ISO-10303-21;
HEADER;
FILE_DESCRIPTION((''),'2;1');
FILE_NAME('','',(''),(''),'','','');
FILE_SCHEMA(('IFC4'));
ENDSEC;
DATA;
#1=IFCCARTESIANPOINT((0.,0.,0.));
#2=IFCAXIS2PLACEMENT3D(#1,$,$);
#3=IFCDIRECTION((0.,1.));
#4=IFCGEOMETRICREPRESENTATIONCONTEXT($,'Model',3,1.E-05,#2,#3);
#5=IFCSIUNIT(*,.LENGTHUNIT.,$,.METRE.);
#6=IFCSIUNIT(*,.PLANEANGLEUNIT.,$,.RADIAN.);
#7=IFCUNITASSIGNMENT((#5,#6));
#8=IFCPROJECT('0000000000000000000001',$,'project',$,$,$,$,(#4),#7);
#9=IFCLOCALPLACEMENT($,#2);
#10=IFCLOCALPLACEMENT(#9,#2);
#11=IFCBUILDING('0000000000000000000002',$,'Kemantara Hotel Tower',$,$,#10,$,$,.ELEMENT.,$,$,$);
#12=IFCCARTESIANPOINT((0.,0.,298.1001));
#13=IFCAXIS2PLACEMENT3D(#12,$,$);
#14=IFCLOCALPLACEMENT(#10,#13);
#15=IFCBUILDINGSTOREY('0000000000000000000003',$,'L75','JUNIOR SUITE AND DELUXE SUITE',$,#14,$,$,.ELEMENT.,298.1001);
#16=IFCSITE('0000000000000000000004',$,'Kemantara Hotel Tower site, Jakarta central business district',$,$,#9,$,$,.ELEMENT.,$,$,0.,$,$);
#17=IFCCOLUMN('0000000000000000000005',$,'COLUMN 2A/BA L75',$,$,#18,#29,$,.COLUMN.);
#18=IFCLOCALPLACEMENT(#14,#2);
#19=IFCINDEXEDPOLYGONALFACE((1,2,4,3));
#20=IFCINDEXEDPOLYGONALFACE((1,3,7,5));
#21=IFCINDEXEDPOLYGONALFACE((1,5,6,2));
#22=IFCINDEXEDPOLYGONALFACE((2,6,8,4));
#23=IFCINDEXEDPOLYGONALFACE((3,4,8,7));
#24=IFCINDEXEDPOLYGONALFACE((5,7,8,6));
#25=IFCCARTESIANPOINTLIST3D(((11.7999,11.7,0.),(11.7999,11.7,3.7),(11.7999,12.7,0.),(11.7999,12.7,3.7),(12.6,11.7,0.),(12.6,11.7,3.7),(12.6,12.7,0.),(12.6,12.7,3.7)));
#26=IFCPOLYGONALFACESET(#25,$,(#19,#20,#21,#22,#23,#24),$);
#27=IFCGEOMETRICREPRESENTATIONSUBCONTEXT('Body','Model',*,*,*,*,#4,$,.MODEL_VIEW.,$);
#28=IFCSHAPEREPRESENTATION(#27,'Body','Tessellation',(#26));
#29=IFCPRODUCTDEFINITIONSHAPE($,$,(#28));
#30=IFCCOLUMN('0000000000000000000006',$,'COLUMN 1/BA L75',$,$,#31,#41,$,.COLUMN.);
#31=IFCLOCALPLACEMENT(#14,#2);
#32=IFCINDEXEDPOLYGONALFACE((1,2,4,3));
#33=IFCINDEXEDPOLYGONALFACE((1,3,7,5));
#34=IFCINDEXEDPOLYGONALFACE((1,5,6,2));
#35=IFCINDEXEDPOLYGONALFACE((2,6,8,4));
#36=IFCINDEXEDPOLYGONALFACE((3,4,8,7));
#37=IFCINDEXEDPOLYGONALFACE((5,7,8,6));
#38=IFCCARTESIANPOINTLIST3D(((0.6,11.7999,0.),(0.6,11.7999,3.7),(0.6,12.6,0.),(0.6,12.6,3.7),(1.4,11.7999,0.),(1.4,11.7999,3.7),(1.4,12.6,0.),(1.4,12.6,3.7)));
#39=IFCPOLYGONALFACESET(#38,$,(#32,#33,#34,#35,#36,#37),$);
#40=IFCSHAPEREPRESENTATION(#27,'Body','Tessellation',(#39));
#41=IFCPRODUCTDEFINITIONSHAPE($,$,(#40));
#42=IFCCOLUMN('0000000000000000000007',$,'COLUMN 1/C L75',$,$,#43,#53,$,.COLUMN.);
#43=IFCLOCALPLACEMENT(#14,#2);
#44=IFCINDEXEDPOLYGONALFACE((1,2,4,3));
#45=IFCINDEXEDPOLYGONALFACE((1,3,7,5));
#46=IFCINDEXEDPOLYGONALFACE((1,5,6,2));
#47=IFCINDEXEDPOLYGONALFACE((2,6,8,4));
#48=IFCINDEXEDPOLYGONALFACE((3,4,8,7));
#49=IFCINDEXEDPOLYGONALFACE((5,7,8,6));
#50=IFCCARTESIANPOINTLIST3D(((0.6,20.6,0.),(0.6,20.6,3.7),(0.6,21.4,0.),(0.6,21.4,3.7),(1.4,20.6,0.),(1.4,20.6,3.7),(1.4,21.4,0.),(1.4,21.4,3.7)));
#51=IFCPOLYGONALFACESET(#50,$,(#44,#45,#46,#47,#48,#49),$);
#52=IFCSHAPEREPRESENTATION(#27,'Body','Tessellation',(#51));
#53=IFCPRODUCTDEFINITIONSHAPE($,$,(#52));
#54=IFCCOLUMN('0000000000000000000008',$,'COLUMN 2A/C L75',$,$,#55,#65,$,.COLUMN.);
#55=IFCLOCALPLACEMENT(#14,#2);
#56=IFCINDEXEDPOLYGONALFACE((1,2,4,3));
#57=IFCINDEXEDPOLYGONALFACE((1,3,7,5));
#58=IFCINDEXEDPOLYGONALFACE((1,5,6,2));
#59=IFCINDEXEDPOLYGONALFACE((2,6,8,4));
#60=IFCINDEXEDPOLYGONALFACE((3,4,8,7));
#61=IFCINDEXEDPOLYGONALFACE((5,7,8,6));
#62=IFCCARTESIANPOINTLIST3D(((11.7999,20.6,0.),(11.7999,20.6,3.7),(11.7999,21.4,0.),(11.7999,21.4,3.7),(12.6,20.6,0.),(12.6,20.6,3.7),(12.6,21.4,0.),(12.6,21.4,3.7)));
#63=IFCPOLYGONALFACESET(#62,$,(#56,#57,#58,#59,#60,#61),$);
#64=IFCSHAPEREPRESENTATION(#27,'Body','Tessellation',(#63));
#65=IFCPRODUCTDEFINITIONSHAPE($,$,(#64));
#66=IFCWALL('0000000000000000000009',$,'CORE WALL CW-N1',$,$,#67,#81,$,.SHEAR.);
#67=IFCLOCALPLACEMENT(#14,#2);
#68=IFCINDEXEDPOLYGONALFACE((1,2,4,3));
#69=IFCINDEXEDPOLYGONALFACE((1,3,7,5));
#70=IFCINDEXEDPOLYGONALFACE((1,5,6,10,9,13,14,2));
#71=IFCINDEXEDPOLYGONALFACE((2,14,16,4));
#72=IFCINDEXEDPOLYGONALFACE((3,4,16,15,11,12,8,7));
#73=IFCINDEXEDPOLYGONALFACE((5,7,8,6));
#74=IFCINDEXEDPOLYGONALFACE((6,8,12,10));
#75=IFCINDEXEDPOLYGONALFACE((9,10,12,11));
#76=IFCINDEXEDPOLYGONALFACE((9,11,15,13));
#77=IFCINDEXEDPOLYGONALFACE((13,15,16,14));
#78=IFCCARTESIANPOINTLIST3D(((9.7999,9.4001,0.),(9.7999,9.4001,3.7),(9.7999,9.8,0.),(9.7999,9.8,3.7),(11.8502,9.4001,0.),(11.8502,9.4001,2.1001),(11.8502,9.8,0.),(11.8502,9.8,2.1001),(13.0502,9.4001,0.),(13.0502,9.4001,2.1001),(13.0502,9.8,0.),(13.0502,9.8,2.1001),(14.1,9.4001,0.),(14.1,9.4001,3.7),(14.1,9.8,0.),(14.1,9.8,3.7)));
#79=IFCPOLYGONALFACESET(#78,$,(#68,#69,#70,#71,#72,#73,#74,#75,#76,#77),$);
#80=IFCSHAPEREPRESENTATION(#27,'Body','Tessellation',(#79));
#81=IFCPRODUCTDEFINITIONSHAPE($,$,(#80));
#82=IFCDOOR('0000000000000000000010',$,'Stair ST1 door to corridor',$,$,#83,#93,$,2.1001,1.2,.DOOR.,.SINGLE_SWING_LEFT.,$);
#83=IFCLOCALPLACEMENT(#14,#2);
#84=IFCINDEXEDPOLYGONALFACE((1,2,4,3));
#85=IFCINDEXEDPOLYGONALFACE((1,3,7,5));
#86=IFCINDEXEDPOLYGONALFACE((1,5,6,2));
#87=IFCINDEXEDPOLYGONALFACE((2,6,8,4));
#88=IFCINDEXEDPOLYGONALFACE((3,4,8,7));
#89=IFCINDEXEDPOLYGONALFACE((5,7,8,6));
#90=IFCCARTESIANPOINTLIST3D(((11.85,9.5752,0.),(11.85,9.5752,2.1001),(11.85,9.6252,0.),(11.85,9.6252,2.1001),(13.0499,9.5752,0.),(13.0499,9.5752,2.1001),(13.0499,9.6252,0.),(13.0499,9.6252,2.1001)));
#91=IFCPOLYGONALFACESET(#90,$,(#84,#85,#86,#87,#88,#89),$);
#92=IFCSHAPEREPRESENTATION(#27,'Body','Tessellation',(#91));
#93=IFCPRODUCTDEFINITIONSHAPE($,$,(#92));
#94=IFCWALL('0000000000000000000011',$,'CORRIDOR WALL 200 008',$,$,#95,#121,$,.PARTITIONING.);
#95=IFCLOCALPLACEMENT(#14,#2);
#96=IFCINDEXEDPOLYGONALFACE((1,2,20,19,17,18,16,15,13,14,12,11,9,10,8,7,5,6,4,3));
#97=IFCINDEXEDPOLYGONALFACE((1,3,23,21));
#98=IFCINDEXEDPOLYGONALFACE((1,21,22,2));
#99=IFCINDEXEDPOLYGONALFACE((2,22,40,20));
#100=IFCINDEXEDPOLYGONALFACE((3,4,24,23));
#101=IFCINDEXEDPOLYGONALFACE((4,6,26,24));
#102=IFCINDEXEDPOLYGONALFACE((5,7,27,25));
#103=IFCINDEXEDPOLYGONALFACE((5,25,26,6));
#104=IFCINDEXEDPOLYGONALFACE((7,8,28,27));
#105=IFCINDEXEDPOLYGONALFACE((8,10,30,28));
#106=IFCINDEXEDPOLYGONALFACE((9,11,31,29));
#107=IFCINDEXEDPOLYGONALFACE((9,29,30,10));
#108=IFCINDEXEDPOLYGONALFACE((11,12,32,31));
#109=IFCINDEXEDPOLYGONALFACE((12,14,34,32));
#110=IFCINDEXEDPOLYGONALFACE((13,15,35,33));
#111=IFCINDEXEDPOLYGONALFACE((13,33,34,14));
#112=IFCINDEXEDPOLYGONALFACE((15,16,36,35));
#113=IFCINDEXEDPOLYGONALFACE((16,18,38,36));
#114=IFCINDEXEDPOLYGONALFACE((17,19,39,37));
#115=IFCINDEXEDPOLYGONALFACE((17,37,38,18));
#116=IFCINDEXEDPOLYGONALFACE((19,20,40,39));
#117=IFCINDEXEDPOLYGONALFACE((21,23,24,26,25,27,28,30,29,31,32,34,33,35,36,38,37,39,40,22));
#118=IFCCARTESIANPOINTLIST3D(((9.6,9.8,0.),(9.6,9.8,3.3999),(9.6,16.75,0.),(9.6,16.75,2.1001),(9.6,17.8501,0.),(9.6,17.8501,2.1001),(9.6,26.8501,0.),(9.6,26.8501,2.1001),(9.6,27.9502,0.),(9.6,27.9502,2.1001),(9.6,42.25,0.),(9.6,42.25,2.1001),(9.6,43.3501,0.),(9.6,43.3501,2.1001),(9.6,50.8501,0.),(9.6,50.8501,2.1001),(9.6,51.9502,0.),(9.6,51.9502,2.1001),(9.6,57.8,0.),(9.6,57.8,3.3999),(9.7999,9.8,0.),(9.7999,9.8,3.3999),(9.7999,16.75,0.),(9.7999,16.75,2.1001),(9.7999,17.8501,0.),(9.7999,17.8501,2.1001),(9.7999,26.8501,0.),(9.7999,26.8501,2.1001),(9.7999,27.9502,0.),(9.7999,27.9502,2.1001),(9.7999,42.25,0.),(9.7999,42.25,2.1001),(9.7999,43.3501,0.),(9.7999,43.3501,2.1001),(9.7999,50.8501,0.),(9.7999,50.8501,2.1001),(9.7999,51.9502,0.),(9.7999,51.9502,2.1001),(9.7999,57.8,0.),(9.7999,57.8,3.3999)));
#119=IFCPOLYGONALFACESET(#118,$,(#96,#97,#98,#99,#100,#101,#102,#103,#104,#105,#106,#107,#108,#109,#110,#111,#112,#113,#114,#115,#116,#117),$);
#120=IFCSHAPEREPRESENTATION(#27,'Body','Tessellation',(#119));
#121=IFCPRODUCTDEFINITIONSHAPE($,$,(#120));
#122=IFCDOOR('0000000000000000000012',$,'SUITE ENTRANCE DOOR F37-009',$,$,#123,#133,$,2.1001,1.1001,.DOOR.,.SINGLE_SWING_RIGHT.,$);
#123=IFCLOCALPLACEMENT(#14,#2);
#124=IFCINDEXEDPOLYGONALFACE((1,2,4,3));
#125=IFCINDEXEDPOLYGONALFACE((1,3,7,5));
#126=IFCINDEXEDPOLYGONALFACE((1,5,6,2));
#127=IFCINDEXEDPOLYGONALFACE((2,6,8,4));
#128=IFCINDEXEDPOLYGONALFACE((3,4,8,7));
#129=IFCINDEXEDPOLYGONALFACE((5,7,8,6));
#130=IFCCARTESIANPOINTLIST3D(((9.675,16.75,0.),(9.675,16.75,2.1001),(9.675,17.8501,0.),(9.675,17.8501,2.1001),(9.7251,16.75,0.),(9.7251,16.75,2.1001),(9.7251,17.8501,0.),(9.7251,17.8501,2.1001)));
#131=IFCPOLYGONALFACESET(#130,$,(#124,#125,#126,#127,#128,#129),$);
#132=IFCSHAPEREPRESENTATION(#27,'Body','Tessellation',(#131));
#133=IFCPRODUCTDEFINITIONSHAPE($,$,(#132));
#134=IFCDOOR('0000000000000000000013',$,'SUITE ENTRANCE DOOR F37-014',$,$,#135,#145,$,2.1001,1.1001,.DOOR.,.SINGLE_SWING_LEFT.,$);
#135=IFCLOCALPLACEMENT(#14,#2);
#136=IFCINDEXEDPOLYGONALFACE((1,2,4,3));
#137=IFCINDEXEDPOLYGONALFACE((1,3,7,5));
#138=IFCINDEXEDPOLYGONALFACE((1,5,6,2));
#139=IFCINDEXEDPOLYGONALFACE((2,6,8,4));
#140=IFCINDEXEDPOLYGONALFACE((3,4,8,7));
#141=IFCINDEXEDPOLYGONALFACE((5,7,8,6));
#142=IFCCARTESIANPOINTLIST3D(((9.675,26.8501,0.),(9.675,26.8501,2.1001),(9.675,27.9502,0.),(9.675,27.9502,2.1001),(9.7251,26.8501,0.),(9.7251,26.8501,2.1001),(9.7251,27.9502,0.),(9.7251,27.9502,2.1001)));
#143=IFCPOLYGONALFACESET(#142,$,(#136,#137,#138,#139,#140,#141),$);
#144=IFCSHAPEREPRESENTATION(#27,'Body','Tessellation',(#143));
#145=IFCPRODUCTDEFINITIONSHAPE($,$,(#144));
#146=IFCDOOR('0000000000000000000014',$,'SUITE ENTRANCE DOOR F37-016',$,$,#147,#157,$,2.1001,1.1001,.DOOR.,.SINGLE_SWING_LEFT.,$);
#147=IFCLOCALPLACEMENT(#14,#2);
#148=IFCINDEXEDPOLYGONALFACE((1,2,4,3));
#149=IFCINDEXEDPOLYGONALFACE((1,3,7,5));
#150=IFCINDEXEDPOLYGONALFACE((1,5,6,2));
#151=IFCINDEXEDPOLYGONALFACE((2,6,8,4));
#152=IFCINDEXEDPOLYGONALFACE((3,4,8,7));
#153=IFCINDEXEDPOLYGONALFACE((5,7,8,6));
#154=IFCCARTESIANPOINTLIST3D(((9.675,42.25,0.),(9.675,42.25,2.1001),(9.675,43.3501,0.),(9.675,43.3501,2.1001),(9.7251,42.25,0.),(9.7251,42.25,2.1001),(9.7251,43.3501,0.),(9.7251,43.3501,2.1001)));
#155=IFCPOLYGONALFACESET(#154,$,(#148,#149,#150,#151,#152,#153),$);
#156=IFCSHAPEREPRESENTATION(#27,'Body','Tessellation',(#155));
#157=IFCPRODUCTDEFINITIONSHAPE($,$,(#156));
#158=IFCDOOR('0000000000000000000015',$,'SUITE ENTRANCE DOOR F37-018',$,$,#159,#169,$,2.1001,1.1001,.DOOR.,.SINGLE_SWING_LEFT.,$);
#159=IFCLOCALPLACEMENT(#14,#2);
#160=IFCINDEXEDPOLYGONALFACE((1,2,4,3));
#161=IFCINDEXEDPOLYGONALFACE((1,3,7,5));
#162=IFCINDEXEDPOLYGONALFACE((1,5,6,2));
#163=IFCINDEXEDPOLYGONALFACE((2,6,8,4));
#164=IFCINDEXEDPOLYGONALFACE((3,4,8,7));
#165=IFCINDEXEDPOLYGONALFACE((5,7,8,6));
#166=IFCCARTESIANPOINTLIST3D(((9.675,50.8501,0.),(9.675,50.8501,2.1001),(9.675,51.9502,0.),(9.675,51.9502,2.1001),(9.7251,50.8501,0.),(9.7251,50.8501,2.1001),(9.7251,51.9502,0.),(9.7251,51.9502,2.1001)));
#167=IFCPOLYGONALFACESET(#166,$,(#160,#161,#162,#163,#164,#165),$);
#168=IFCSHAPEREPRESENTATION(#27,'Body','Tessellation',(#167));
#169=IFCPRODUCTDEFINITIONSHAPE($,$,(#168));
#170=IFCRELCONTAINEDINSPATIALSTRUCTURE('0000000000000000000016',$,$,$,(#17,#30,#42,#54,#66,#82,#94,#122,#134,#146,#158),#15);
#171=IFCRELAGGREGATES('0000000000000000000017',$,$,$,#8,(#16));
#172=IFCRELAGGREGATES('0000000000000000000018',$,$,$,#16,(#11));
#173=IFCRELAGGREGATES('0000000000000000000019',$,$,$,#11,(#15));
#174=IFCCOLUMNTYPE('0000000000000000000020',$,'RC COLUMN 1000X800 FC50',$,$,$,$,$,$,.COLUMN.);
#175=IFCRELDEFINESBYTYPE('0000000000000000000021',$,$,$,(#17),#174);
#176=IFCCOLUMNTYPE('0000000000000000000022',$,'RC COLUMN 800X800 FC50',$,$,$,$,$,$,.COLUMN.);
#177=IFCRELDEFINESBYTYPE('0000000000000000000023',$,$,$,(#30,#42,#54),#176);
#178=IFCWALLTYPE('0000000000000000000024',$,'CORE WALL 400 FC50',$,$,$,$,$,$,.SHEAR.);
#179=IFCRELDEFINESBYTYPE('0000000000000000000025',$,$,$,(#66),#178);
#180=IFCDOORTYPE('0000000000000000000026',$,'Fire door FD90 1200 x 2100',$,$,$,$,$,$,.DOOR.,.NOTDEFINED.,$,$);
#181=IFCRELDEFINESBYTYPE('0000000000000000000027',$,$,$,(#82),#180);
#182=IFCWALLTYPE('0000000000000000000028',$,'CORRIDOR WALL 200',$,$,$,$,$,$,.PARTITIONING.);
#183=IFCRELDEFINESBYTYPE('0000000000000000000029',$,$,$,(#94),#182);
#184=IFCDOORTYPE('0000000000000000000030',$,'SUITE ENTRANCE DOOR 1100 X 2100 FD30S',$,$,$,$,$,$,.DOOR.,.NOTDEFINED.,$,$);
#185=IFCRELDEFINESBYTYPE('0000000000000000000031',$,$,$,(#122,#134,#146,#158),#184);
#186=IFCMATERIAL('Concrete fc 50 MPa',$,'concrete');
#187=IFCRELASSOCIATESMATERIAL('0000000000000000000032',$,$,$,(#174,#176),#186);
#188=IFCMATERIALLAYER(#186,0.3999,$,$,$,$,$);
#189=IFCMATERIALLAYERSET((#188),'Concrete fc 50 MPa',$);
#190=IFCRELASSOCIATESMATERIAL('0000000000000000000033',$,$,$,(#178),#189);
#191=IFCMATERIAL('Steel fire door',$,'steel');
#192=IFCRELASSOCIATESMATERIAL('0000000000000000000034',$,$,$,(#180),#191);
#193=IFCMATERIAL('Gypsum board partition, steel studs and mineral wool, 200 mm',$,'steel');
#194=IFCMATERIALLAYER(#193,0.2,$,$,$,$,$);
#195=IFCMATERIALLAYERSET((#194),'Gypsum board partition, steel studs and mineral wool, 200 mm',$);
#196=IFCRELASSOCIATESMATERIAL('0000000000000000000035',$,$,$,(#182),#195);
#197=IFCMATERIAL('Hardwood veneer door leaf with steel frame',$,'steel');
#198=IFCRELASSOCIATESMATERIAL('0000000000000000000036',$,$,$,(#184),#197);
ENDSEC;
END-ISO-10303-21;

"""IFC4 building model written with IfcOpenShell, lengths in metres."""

from ifc_helpers import new_model, si_unit, direction, frame, frame_2d, origin, origin_2d, place, context, subcontext, project, spatial, rectangle, extrude, material, layer, layer_set, material_profile, profile_set, type_object, element, fill, save


model = new_model("IFC4")

# Units and contexts
model_context = context("Model", 3, precision=1e-05, world=origin(), true_north=direction((0.0, 1.0)))
body_context = subcontext(model_context, "Body", "Model", "MODEL_VIEW")
ifc_project = project(units=[si_unit("LENGTHUNIT", "METRE"), si_unit("PLANEANGLEUNIT", "RADIAN")], contexts=[model_context])

# Site, building, storey
site_placement = place(None, origin())
site = spatial("IfcSite", under=ifc_project, at=site_placement, Name="Kemantara Hotel Tower site, Jakarta central business district", CompositionType="ELEMENT", RefElevation=0.0)
building_placement = place(site_placement, origin())
building = spatial("IfcBuilding", under=site, at=building_placement, Name="Kemantara Hotel Tower", CompositionType="ELEMENT")
storey_placement = place(building_placement, frame((0.0, 0.0, 298.1001)))
storey = spatial("IfcBuildingStorey", under=building, at=storey_placement, Name="L75", Description="JUNIOR SUITE AND DELUXE SUITE", CompositionType="ELEMENT", Elevation=298.1001)

# Columns
ifc_material_1 = material(Name="Concrete fc 50 MPa", Category="concrete")
ifc_material_profile_1 = material_profile(ifc_material_1, rectangle(XDim=1.0, YDim=0.8, at=origin_2d()), Name="RC 1000X800")
ifc_profile_set_1 = profile_set([ifc_material_profile_1], Name="Concrete fc 50 MPa")
column_type_1 = type_object("IfcColumnType", Name="RC COLUMN 1000X800 FC50", PredefinedType="COLUMN", material=ifc_profile_set_1)
column_placement = place(storey_placement, frame((12.2, 12.2, 0.0), z_axis=(0.0, 0.0, 1.0), x_axis=(0.0, 1.0, 0.0)))
element("IfcColumn", 1, at=column_placement, inside=storey, type_object=column_type_1, Name="COLUMN 2A/BA L75", PredefinedType="COLUMN", context=body_context, shape_type="SweptSolid", body=[
    extrude(rectangle(XDim=1.0, YDim=0.8, at=origin_2d()), origin(), (0.0, 0.0, 1.0), 3.7),
])
ifc_material_profile_2 = material_profile(ifc_material_1, rectangle(XDim=0.8, YDim=0.8, at=origin_2d()), Name="RC 800X800")
ifc_profile_set_2 = profile_set([ifc_material_profile_2], Name="Concrete fc 50 MPa")
column_type_2 = type_object("IfcColumnType", Name="RC COLUMN 800X800 FC50", PredefinedType="COLUMN", material=ifc_profile_set_2)
for number, where, z_axis, x_axis, name in (
    (2, (1.0, 12.2, 0.0), (0.0, 0.0, 1.0), (1.0, 0.0, 0.0), "COLUMN 1/BA L75"),
    (3, (1.0, 21.0, 0.0), (0.0, 0.0, 1.0), (1.0, 0.0, 0.0), "COLUMN 1/C L75"),
    (4, (12.2, 21.0, 0.0), (0.0, 0.0, 1.0), (1.0, 0.0, 0.0), "COLUMN 2A/C L75"),
):
    element("IfcColumn", number, at=place(storey_placement, frame(where, z_axis=z_axis, x_axis=x_axis)), inside=storey, type_object=column_type_2, Name=name, PredefinedType="COLUMN", context=body_context, shape_type="SweptSolid", body=[
        extrude(rectangle(XDim=0.8, YDim=0.8, at=origin_2d()), origin(), (0.0, 0.0, 1.0), 3.7),
    ])

# Wall, opening, door
ifc_layer_1 = layer(ifc_material_1, 0.3999)
ifc_layer_set_1 = layer_set([ifc_layer_1], Name="Concrete fc 50 MPa")
wall_type_1 = type_object("IfcWallType", Name="CORE WALL 400 FC50", PredefinedType="SHEAR", material=ifc_layer_set_1)
wall_1_placement = place(storey_placement, frame((9.8, 9.6001, 0.0), z_axis=(0.0, 0.0, 1.0), x_axis=(1.0, 0.0, 0.0)))
wall_1 = element("IfcWall", 5, at=wall_1_placement, inside=storey, type_object=wall_type_1, Name="CORE WALL CW-N1", PredefinedType="SHEAR", context=body_context, shape_type="SweptSolid", body=[
    extrude(rectangle(XDim=4.3, YDim=0.3999, at=frame_2d((2.1499, 0.0))), origin(), (0.0, 0.0, 1.0), 3.7),
])
opening_1_placement = place(wall_1_placement, frame((2.05, 0.0, 0.0)))
opening_1 = element("IfcOpeningElement", 6, at=opening_1_placement, cuts=wall_1, PredefinedType="OPENING", context=body_context, shape_type="SweptSolid", body=[
    extrude(rectangle(XDim=1.2, YDim=2.1001, at=frame_2d((0.6001, 1.05))), frame((0.0, 0.21, 0.0), z_axis=(0.0, -1.0, 0.0), x_axis=(1.0, 0.0, 0.0)), (0.0, 0.0, 1.0), 0.4199),
])
ifc_material_2 = material(Name="Steel fire door", Category="steel")
door_type_1 = type_object("IfcDoorType", Name="Fire door FD90 1200 x 2100", OperationType="NOTDEFINED", PredefinedType="DOOR", material=ifc_material_2)
door_1_placement = place(opening_1_placement, frame((1.2, 0.0, 0.0), z_axis=(0.0, 0.0, 1.0), x_axis=(-1.0, 0.0, 0.0)))
door_1 = element("IfcDoor", 7, at=door_1_placement, inside=storey, type_object=door_type_1, Name="Stair ST1 door to corridor", OperationType="SINGLE_SWING_LEFT", OverallHeight=2.1001, OverallWidth=1.2, PredefinedType="DOOR", context=body_context, shape_type="SweptSolid", body=[
    extrude(rectangle(XDim=1.2, YDim=2.1001, at=frame_2d((0.6001, 1.05))), frame((0.0, 0.0249, 0.0), z_axis=(0.0, -1.0, 0.0), x_axis=(1.0, 0.0, 0.0)), (0.0, 0.0, 1.0), 0.05),
])
fill(opening_1, door_1)

# Wall, openings, doors
ifc_material_3 = material(Name="Gypsum board partition, steel studs and mineral wool, 200 mm", Category="steel")
ifc_layer_2 = layer(ifc_material_3, 0.2)
ifc_layer_set_2 = layer_set([ifc_layer_2], Name="Gypsum board partition, steel studs and mineral wool, 200 mm")
wall_type_2 = type_object("IfcWallType", Name="CORRIDOR WALL 200", PredefinedType="PARTITIONING", material=ifc_layer_set_2)
wall_2_placement = place(storey_placement, frame((9.7, 9.8, 0.0), z_axis=(0.0, 0.0, 1.0), x_axis=(0.0, 1.0, 0.0)))
wall_2 = element("IfcWall", 8, at=wall_2_placement, inside=storey, type_object=wall_type_2, Name="CORRIDOR WALL 200 008", PredefinedType="PARTITIONING", context=body_context, shape_type="SweptSolid", body=[
    extrude(rectangle(XDim=48.0, YDim=0.2, at=frame_2d((24.0, 0.0))), origin(), (0.0, 0.0, 1.0), 3.3999),
])
opening_2_placement = place(wall_2_placement, frame((6.95, 0.0, 0.0)))
opening_2 = element("IfcOpeningElement", 9, at=opening_2_placement, cuts=wall_2, PredefinedType="OPENING", context=body_context, shape_type="SweptSolid", body=[
    extrude(rectangle(XDim=1.1001, YDim=2.1001, at=frame_2d((0.55, 1.05))), frame((0.0, 0.1099, 0.0), z_axis=(0.0, -1.0, 0.0), x_axis=(1.0, 0.0, 0.0)), (0.0, 0.0, 1.0), 0.22),
])
opening_3_placement = place(wall_2_placement, frame((17.05, 0.0, 0.0)))
opening_3 = element("IfcOpeningElement", 10, at=opening_3_placement, cuts=wall_2, PredefinedType="OPENING", context=body_context, shape_type="SweptSolid", body=[
    extrude(rectangle(XDim=1.1001, YDim=2.1001, at=frame_2d((0.55, 1.05))), frame((0.0, 0.1099, 0.0), z_axis=(0.0, -1.0, 0.0), x_axis=(1.0, 0.0, 0.0)), (0.0, 0.0, 1.0), 0.22),
])
opening_4_placement = place(wall_2_placement, frame((32.45, 0.0, 0.0)))
opening_4 = element("IfcOpeningElement", 11, at=opening_4_placement, cuts=wall_2, PredefinedType="OPENING", context=body_context, shape_type="SweptSolid", body=[
    extrude(rectangle(XDim=1.1001, YDim=2.1001, at=frame_2d((0.55, 1.05))), frame((0.0, 0.1099, 0.0), z_axis=(0.0, -1.0, 0.0), x_axis=(1.0, 0.0, 0.0)), (0.0, 0.0, 1.0), 0.22),
])
opening_5_placement = place(wall_2_placement, frame((41.05, 0.0, 0.0)))
opening_5 = element("IfcOpeningElement", 12, at=opening_5_placement, cuts=wall_2, PredefinedType="OPENING", context=body_context, shape_type="SweptSolid", body=[
    extrude(rectangle(XDim=1.1001, YDim=2.1001, at=frame_2d((0.55, 1.05))), frame((0.0, 0.1099, 0.0), z_axis=(0.0, -1.0, 0.0), x_axis=(1.0, 0.0, 0.0)), (0.0, 0.0, 1.0), 0.22),
])
ifc_material_4 = material(Name="Hardwood veneer door leaf with steel frame", Category="steel")
door_type_2 = type_object("IfcDoorType", Name="SUITE ENTRANCE DOOR 1100 X 2100 FD30S", OperationType="NOTDEFINED", PredefinedType="DOOR", material=ifc_material_4)
door_2_placement = place(opening_2_placement, origin())
door_2 = element("IfcDoor", 13, at=door_2_placement, inside=storey, type_object=door_type_2, Name="SUITE ENTRANCE DOOR F37-009", OperationType="SINGLE_SWING_RIGHT", OverallHeight=2.1001, OverallWidth=1.1001, PredefinedType="DOOR", context=body_context, shape_type="SweptSolid", body=[
    extrude(rectangle(XDim=1.1001, YDim=2.1001, at=frame_2d((0.55, 1.05))), frame((0.0, 0.0249, 0.0), z_axis=(0.0, -1.0, 0.0), x_axis=(1.0, 0.0, 0.0)), (0.0, 0.0, 1.0), 0.05),
])
fill(opening_2, door_2)
door_3_placement = place(opening_3_placement, origin())
door_3 = element("IfcDoor", 14, at=door_3_placement, inside=storey, type_object=door_type_2, Name="SUITE ENTRANCE DOOR F37-014", OperationType="SINGLE_SWING_LEFT", OverallHeight=2.1001, OverallWidth=1.1001, PredefinedType="DOOR", context=body_context, shape_type="SweptSolid", body=[
    extrude(rectangle(XDim=1.1001, YDim=2.1001, at=frame_2d((0.55, 1.05))), frame((0.0, 0.0249, 0.0), z_axis=(0.0, -1.0, 0.0), x_axis=(1.0, 0.0, 0.0)), (0.0, 0.0, 1.0), 0.05),
])
fill(opening_3, door_3)
door_4_placement = place(opening_4_placement, origin())
door_4 = element("IfcDoor", 15, at=door_4_placement, inside=storey, type_object=door_type_2, Name="SUITE ENTRANCE DOOR F37-016", OperationType="SINGLE_SWING_LEFT", OverallHeight=2.1001, OverallWidth=1.1001, PredefinedType="DOOR", context=body_context, shape_type="SweptSolid", body=[
    extrude(rectangle(XDim=1.1001, YDim=2.1001, at=frame_2d((0.55, 1.05))), frame((0.0, 0.0249, 0.0), z_axis=(0.0, -1.0, 0.0), x_axis=(1.0, 0.0, 0.0)), (0.0, 0.0, 1.0), 0.05),
])
fill(opening_4, door_4)
door_5_placement = place(opening_5_placement, origin())
door_5 = element("IfcDoor", 16, at=door_5_placement, inside=storey, type_object=door_type_2, Name="SUITE ENTRANCE DOOR F37-018", OperationType="SINGLE_SWING_LEFT", OverallHeight=2.1001, OverallWidth=1.1001, PredefinedType="DOOR", context=body_context, shape_type="SweptSolid", body=[
    extrude(rectangle(XDim=1.1001, YDim=2.1001, at=frame_2d((0.55, 1.05))), frame((0.0, 0.0249, 0.0), z_axis=(0.0, -1.0, 0.0), x_axis=(1.0, 0.0, 0.0)), (0.0, 0.0, 1.0), 0.05),
])
fill(opening_5, door_5)

save(model, "model.ifc")
